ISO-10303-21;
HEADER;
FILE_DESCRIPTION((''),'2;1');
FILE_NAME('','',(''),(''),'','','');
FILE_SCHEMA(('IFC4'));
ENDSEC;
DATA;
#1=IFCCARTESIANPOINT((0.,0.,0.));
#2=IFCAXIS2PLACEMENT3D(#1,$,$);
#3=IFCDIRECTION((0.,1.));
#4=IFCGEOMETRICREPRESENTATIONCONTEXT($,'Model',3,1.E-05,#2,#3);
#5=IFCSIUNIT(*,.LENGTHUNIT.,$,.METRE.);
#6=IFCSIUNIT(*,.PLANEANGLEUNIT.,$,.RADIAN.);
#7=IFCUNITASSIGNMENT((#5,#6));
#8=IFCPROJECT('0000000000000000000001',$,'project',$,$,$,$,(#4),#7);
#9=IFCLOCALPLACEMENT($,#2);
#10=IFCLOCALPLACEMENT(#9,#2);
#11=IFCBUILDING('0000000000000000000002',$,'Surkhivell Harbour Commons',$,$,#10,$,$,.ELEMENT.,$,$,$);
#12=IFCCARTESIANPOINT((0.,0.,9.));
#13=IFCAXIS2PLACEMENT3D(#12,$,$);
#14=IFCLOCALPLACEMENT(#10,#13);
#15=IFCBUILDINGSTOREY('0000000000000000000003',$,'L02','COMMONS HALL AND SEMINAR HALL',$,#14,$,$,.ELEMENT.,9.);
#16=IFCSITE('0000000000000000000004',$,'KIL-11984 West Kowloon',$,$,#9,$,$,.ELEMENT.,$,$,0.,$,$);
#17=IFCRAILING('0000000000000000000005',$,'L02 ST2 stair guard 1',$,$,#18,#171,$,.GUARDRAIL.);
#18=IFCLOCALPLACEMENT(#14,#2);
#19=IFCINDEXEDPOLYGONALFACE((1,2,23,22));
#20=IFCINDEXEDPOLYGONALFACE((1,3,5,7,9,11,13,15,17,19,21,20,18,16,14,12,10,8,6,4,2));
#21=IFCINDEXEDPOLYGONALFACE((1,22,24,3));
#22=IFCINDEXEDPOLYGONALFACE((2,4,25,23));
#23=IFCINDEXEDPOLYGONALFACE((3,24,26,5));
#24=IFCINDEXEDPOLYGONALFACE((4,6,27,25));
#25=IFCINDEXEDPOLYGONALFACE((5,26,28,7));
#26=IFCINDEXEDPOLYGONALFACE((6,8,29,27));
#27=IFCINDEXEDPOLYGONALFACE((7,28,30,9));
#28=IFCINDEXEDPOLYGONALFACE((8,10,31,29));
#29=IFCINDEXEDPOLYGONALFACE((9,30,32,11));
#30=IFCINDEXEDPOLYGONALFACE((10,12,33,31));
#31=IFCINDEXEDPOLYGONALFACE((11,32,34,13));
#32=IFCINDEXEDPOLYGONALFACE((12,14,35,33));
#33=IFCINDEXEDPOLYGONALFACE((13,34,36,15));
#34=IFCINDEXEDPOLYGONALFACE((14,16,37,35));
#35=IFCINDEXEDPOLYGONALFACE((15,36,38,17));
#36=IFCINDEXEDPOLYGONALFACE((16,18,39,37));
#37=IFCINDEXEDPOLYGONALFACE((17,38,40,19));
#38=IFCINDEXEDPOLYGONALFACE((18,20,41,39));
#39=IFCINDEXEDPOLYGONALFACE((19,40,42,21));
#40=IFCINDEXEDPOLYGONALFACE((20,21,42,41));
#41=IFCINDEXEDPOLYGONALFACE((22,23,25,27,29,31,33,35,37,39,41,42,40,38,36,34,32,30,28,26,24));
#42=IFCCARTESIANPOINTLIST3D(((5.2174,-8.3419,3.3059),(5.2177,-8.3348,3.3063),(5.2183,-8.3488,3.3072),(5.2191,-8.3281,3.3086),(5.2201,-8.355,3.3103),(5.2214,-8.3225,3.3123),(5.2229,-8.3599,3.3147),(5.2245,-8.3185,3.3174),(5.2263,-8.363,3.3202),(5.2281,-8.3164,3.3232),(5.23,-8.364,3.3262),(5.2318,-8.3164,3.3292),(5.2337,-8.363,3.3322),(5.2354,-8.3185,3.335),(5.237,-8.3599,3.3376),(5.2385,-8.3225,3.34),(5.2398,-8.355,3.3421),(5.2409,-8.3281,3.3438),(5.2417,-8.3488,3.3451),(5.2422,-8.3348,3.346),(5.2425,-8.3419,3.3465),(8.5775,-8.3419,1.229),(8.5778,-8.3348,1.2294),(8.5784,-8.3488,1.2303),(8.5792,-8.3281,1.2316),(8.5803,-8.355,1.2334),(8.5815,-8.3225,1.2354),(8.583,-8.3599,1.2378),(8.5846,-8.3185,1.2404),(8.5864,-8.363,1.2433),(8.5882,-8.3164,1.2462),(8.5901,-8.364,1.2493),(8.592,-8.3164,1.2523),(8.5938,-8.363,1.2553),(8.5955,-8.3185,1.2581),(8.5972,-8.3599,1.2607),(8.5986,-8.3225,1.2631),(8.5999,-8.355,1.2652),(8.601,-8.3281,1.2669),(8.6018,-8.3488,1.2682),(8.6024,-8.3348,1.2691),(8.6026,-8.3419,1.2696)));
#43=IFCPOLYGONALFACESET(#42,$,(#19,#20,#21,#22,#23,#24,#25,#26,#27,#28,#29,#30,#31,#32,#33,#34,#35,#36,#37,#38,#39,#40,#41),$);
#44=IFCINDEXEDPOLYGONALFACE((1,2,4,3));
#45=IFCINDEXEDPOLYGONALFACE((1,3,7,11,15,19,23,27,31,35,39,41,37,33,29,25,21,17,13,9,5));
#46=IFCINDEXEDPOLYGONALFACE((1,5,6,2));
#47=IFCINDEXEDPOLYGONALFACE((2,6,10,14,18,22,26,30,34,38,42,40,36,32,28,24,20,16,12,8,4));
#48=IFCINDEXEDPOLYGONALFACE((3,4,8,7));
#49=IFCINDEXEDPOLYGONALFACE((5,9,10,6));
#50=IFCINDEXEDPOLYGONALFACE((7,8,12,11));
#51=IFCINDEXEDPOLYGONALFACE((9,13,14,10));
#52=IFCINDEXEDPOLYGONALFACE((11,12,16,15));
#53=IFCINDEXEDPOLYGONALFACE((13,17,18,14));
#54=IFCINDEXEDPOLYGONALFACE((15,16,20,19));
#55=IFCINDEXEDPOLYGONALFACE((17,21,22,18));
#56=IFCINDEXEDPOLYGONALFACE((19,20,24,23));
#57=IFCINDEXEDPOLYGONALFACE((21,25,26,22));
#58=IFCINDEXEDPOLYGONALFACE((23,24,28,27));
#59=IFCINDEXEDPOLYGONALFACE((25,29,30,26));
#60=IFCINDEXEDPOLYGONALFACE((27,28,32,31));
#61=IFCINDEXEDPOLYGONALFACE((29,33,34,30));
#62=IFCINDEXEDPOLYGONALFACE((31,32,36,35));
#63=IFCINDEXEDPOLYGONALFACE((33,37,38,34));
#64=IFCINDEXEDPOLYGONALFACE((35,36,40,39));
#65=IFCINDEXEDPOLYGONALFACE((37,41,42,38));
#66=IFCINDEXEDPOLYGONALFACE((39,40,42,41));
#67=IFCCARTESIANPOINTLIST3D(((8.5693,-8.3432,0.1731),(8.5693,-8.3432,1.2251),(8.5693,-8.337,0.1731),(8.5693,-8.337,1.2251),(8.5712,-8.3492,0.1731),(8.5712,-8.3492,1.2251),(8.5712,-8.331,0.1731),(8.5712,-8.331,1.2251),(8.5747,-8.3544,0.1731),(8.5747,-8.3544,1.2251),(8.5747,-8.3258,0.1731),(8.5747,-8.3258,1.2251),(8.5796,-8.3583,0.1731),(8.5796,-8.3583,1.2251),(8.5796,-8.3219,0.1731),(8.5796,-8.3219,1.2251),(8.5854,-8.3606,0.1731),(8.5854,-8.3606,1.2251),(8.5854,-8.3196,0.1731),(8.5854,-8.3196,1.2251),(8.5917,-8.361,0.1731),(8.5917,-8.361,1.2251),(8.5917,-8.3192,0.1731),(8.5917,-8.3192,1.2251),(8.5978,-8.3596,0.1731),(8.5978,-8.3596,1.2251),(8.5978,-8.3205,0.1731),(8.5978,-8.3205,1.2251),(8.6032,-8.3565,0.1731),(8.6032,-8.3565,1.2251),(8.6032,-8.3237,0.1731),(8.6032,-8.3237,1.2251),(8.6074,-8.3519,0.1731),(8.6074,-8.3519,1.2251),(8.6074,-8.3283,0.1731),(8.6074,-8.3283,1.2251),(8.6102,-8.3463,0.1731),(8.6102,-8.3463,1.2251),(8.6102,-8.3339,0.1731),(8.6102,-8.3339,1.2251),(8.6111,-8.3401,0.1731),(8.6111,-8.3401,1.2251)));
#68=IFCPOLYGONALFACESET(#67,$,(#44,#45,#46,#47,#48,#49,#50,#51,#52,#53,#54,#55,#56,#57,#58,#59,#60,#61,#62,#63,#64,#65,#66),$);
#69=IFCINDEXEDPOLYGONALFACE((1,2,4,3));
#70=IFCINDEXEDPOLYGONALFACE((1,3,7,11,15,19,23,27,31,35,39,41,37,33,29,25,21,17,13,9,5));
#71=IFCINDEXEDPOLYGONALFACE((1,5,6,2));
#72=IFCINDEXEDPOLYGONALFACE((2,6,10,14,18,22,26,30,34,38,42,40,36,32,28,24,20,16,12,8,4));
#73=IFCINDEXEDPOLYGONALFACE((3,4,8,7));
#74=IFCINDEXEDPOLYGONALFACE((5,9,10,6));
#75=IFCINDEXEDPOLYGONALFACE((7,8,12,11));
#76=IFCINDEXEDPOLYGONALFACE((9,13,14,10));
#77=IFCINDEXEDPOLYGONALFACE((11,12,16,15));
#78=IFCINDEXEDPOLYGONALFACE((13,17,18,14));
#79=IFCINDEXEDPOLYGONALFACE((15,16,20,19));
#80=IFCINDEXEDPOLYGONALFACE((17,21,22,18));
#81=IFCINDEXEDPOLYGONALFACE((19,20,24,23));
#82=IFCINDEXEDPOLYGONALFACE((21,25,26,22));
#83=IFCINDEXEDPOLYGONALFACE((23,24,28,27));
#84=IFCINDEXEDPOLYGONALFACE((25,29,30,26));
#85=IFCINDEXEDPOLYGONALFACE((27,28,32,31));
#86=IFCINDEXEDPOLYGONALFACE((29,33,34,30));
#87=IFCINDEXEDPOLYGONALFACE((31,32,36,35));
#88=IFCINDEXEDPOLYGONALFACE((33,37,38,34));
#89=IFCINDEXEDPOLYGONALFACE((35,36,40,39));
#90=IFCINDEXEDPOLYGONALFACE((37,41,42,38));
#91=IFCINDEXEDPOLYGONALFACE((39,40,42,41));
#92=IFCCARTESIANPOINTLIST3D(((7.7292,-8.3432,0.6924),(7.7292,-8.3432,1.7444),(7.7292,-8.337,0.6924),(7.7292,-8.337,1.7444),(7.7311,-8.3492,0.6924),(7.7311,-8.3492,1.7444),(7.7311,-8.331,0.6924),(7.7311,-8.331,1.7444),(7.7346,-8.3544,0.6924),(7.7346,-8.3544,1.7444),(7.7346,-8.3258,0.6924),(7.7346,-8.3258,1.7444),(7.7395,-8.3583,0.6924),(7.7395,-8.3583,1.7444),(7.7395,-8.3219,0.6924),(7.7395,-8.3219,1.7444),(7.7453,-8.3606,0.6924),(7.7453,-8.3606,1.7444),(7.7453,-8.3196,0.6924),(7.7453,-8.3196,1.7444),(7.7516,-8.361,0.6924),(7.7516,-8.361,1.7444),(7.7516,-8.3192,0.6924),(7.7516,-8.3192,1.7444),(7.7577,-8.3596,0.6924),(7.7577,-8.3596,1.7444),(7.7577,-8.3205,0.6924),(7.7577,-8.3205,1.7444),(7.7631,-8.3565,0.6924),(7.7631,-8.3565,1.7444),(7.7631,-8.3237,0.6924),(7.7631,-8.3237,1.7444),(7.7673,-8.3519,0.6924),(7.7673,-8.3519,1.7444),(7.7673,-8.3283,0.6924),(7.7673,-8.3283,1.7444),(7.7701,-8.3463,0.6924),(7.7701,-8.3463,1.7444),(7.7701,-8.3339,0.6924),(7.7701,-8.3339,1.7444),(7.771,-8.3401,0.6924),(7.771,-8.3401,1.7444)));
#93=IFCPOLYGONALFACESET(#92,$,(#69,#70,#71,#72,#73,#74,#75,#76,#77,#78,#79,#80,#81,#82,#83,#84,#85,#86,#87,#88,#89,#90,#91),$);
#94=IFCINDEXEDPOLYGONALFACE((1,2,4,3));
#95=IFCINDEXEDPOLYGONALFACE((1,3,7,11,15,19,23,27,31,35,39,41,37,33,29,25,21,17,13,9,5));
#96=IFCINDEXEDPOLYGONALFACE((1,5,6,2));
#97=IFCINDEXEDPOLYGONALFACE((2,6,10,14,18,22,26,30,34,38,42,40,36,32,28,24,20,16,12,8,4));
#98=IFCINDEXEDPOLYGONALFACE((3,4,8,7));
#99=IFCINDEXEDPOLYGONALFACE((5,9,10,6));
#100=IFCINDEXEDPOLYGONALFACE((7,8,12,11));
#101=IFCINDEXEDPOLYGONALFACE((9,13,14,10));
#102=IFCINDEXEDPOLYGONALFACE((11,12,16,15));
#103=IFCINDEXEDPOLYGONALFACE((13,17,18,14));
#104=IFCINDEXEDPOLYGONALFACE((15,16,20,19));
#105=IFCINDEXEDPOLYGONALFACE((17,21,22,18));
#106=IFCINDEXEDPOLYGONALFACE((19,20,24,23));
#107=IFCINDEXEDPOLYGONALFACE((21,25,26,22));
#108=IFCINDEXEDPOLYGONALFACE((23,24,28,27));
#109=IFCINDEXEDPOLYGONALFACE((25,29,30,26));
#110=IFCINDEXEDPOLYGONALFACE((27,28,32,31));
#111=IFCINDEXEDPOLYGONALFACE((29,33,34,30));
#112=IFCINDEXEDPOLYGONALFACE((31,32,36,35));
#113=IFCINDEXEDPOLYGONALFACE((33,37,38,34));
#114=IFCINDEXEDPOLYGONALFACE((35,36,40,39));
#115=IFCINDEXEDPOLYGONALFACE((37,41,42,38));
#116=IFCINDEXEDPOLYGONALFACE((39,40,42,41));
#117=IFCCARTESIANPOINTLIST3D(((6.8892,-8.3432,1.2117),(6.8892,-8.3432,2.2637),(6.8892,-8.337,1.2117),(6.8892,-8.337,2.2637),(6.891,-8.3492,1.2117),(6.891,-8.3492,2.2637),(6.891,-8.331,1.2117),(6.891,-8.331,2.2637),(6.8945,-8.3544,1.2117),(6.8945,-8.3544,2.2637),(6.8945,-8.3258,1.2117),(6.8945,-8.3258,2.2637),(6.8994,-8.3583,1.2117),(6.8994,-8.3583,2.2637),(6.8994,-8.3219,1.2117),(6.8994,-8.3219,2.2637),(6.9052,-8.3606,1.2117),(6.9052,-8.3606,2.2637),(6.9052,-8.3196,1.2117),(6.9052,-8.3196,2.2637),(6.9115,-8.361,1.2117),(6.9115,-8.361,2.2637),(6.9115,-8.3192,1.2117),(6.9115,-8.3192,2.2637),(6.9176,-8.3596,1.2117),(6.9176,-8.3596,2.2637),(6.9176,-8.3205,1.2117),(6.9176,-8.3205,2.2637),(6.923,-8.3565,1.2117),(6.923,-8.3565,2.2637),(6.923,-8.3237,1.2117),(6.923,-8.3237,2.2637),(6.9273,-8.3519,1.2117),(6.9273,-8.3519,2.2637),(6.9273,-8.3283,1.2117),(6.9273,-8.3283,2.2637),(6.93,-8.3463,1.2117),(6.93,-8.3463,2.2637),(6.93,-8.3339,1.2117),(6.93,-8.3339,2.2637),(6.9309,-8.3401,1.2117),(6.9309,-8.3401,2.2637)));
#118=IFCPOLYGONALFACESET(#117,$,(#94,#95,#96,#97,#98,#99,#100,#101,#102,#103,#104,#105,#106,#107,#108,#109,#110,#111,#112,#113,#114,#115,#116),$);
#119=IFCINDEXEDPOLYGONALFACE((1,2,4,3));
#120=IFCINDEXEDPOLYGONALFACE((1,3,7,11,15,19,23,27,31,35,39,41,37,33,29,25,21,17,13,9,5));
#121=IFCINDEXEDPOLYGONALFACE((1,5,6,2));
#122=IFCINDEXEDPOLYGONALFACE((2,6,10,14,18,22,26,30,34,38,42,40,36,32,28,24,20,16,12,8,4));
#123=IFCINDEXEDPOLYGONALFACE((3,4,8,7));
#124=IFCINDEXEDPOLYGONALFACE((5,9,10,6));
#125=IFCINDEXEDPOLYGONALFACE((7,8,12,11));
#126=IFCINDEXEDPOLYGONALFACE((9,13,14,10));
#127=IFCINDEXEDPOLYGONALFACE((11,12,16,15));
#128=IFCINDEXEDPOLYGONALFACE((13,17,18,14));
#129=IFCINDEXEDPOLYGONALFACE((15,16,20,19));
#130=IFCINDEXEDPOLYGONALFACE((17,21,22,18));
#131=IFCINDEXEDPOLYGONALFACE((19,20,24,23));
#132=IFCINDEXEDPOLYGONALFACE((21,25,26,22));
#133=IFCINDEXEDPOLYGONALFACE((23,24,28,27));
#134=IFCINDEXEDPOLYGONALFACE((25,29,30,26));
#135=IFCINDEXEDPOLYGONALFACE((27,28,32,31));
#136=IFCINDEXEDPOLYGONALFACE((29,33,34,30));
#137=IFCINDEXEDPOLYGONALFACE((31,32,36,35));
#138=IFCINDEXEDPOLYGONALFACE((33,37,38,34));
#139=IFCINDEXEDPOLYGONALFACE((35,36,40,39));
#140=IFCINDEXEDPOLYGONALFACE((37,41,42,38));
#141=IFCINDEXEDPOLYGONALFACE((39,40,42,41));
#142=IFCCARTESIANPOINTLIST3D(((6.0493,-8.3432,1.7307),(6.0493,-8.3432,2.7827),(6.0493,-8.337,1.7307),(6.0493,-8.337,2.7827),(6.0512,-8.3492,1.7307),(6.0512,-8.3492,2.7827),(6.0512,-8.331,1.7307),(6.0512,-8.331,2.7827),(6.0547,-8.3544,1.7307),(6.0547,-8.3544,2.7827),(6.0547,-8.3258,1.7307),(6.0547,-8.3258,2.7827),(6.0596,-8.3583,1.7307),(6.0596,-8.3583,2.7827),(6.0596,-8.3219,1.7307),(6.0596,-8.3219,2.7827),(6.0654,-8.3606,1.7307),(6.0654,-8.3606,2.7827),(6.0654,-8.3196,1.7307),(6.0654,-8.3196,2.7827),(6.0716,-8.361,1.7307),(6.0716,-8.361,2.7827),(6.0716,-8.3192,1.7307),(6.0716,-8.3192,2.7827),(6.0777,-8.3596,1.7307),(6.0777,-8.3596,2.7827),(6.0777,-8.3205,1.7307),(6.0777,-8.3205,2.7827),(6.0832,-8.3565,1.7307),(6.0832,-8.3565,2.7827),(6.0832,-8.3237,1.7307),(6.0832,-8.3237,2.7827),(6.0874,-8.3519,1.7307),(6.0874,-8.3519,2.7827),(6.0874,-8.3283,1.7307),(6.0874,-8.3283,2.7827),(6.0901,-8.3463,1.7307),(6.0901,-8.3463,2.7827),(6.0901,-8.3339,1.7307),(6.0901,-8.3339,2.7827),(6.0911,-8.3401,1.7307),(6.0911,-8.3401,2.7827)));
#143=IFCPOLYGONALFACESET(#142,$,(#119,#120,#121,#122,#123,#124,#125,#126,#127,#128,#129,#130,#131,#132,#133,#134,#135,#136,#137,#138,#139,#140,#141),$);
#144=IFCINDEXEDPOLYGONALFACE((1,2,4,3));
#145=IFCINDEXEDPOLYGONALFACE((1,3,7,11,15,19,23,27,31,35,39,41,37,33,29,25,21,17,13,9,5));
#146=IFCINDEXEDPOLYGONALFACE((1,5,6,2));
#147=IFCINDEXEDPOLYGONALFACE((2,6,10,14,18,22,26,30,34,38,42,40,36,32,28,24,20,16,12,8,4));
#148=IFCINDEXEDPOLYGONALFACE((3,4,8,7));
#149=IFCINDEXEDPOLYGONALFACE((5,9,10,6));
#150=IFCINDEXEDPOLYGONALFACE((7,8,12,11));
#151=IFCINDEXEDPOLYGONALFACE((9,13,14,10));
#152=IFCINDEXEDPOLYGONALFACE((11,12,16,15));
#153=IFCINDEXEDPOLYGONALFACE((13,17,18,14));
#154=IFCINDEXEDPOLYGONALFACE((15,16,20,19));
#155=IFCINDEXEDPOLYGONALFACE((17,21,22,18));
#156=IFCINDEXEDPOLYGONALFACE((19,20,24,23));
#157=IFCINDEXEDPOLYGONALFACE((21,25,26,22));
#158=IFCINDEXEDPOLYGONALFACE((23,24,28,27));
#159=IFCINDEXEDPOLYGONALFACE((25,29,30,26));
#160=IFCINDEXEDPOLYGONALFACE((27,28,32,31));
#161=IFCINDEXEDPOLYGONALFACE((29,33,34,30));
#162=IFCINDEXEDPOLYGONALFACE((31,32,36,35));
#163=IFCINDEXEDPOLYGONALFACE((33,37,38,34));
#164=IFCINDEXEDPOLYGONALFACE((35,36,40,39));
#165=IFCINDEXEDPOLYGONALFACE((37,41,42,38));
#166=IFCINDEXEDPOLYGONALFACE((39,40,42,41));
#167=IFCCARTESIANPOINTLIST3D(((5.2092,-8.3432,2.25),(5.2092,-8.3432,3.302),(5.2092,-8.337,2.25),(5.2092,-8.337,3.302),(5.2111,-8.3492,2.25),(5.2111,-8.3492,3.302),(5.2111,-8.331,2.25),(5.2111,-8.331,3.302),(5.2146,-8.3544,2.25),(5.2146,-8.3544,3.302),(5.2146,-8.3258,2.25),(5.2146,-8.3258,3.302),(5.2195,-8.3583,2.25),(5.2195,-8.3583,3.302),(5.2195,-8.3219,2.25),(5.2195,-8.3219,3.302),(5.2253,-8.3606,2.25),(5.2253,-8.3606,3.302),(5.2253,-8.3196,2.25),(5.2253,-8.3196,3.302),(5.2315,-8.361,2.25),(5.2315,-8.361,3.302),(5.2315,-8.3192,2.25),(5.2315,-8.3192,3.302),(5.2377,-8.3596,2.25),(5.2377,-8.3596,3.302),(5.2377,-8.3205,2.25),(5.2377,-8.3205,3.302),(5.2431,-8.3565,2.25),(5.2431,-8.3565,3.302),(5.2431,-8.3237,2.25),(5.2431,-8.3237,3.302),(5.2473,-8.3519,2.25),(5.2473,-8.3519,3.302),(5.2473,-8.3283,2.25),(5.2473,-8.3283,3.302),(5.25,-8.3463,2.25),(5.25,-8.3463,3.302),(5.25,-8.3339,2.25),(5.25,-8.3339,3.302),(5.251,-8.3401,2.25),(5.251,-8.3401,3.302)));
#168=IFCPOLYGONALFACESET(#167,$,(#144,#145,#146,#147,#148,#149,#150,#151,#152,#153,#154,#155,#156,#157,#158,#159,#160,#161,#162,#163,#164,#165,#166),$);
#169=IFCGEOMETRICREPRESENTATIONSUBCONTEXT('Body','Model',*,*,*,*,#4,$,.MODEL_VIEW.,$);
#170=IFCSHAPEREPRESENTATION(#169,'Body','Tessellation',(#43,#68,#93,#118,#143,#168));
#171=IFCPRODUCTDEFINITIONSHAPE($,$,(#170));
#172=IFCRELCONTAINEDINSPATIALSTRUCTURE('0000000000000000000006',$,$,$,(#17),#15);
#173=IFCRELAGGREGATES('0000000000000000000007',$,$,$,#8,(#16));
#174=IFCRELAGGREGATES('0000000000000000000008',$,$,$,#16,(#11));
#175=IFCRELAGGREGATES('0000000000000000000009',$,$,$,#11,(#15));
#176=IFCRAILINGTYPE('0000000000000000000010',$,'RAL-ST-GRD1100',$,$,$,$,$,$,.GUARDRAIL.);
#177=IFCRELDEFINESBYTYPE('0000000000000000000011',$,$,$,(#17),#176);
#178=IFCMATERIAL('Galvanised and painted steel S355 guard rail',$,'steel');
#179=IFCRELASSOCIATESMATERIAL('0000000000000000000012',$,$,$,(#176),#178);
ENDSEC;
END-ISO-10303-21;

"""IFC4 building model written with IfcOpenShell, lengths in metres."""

from ifc_helpers import new_model, si_unit, direction, frame, origin, origin_2d, place, context, subcontext, project, spatial, circle, extrude, material, type_object, element, save


model = new_model("IFC4")

# Units and contexts
model_context = context("Model", 3, precision=1e-05, world=origin(), true_north=direction((0.0, 1.0)))
body_context = subcontext(model_context, "Body", "Model", "MODEL_VIEW")
ifc_project = project(units=[si_unit("LENGTHUNIT", "METRE"), si_unit("PLANEANGLEUNIT", "RADIAN")], contexts=[model_context])

# Site, building, storey
site_placement = place(None, origin())
site = spatial("IfcSite", under=ifc_project, at=site_placement, Name="KIL-11984 West Kowloon", CompositionType="ELEMENT", RefElevation=0.0)
building_placement = place(site_placement, origin())
building = spatial("IfcBuilding", under=site, at=building_placement, Name="Surkhivell Harbour Commons", CompositionType="ELEMENT")
storey_placement = place(building_placement, frame((0.0, 0.0, 9.0)))
storey = spatial("IfcBuildingStorey", under=building, at=storey_placement, Name="L02", Description="COMMONS HALL AND SEMINAR HALL", CompositionType="ELEMENT", Elevation=9.0)

# Railing
ifc_material_1 = material(Name="Galvanised and painted steel S355 guard rail", Category="steel")
railing_type_1 = type_object("IfcRailingType", Name="RAL-ST-GRD1100", PredefinedType="GUARDRAIL", material=ifc_material_1)
railing_1_placement = place(storey_placement, frame((8.5901, -8.3401, 0.1731)))
element("IfcRailing", 1, at=railing_1_placement, inside=storey, type_object=railing_type_1, Name="L02 ST2 stair guard 1", PredefinedType="GUARDRAIL", context=body_context, shape_type="SweptSolid", body=[
    extrude(circle(Radius=0.0239, at=origin_2d()), frame((0.0, 0.0, 1.0762), z_axis=(-0.850623, 0.0, 0.525776), x_axis=(0.0, -1.0, 0.0)), (0.0, 0.0, 1.0), 3.9502),
    extrude(circle(Radius=0.021, at=origin_2d()), origin(), (0.0, 0.0, 1.0), 1.052),
    extrude(circle(Radius=0.021, at=origin_2d()), frame((-0.8401, 0.0, 0.5193)), (0.0, 0.0, 1.0), 1.052),
    extrude(circle(Radius=0.021, at=origin_2d()), frame((-1.6802, 0.0, 1.0386)), (0.0, 0.0, 1.0), 1.052),
    extrude(circle(Radius=0.021, at=origin_2d()), frame((-2.52, 0.0, 1.5576)), (0.0, 0.0, 1.0), 1.052),
    extrude(circle(Radius=0.021, at=origin_2d()), frame((-3.3601, 0.0, 2.0769)), (0.0, 0.0, 1.0), 1.052),
])

save(model, "model.ifc")
